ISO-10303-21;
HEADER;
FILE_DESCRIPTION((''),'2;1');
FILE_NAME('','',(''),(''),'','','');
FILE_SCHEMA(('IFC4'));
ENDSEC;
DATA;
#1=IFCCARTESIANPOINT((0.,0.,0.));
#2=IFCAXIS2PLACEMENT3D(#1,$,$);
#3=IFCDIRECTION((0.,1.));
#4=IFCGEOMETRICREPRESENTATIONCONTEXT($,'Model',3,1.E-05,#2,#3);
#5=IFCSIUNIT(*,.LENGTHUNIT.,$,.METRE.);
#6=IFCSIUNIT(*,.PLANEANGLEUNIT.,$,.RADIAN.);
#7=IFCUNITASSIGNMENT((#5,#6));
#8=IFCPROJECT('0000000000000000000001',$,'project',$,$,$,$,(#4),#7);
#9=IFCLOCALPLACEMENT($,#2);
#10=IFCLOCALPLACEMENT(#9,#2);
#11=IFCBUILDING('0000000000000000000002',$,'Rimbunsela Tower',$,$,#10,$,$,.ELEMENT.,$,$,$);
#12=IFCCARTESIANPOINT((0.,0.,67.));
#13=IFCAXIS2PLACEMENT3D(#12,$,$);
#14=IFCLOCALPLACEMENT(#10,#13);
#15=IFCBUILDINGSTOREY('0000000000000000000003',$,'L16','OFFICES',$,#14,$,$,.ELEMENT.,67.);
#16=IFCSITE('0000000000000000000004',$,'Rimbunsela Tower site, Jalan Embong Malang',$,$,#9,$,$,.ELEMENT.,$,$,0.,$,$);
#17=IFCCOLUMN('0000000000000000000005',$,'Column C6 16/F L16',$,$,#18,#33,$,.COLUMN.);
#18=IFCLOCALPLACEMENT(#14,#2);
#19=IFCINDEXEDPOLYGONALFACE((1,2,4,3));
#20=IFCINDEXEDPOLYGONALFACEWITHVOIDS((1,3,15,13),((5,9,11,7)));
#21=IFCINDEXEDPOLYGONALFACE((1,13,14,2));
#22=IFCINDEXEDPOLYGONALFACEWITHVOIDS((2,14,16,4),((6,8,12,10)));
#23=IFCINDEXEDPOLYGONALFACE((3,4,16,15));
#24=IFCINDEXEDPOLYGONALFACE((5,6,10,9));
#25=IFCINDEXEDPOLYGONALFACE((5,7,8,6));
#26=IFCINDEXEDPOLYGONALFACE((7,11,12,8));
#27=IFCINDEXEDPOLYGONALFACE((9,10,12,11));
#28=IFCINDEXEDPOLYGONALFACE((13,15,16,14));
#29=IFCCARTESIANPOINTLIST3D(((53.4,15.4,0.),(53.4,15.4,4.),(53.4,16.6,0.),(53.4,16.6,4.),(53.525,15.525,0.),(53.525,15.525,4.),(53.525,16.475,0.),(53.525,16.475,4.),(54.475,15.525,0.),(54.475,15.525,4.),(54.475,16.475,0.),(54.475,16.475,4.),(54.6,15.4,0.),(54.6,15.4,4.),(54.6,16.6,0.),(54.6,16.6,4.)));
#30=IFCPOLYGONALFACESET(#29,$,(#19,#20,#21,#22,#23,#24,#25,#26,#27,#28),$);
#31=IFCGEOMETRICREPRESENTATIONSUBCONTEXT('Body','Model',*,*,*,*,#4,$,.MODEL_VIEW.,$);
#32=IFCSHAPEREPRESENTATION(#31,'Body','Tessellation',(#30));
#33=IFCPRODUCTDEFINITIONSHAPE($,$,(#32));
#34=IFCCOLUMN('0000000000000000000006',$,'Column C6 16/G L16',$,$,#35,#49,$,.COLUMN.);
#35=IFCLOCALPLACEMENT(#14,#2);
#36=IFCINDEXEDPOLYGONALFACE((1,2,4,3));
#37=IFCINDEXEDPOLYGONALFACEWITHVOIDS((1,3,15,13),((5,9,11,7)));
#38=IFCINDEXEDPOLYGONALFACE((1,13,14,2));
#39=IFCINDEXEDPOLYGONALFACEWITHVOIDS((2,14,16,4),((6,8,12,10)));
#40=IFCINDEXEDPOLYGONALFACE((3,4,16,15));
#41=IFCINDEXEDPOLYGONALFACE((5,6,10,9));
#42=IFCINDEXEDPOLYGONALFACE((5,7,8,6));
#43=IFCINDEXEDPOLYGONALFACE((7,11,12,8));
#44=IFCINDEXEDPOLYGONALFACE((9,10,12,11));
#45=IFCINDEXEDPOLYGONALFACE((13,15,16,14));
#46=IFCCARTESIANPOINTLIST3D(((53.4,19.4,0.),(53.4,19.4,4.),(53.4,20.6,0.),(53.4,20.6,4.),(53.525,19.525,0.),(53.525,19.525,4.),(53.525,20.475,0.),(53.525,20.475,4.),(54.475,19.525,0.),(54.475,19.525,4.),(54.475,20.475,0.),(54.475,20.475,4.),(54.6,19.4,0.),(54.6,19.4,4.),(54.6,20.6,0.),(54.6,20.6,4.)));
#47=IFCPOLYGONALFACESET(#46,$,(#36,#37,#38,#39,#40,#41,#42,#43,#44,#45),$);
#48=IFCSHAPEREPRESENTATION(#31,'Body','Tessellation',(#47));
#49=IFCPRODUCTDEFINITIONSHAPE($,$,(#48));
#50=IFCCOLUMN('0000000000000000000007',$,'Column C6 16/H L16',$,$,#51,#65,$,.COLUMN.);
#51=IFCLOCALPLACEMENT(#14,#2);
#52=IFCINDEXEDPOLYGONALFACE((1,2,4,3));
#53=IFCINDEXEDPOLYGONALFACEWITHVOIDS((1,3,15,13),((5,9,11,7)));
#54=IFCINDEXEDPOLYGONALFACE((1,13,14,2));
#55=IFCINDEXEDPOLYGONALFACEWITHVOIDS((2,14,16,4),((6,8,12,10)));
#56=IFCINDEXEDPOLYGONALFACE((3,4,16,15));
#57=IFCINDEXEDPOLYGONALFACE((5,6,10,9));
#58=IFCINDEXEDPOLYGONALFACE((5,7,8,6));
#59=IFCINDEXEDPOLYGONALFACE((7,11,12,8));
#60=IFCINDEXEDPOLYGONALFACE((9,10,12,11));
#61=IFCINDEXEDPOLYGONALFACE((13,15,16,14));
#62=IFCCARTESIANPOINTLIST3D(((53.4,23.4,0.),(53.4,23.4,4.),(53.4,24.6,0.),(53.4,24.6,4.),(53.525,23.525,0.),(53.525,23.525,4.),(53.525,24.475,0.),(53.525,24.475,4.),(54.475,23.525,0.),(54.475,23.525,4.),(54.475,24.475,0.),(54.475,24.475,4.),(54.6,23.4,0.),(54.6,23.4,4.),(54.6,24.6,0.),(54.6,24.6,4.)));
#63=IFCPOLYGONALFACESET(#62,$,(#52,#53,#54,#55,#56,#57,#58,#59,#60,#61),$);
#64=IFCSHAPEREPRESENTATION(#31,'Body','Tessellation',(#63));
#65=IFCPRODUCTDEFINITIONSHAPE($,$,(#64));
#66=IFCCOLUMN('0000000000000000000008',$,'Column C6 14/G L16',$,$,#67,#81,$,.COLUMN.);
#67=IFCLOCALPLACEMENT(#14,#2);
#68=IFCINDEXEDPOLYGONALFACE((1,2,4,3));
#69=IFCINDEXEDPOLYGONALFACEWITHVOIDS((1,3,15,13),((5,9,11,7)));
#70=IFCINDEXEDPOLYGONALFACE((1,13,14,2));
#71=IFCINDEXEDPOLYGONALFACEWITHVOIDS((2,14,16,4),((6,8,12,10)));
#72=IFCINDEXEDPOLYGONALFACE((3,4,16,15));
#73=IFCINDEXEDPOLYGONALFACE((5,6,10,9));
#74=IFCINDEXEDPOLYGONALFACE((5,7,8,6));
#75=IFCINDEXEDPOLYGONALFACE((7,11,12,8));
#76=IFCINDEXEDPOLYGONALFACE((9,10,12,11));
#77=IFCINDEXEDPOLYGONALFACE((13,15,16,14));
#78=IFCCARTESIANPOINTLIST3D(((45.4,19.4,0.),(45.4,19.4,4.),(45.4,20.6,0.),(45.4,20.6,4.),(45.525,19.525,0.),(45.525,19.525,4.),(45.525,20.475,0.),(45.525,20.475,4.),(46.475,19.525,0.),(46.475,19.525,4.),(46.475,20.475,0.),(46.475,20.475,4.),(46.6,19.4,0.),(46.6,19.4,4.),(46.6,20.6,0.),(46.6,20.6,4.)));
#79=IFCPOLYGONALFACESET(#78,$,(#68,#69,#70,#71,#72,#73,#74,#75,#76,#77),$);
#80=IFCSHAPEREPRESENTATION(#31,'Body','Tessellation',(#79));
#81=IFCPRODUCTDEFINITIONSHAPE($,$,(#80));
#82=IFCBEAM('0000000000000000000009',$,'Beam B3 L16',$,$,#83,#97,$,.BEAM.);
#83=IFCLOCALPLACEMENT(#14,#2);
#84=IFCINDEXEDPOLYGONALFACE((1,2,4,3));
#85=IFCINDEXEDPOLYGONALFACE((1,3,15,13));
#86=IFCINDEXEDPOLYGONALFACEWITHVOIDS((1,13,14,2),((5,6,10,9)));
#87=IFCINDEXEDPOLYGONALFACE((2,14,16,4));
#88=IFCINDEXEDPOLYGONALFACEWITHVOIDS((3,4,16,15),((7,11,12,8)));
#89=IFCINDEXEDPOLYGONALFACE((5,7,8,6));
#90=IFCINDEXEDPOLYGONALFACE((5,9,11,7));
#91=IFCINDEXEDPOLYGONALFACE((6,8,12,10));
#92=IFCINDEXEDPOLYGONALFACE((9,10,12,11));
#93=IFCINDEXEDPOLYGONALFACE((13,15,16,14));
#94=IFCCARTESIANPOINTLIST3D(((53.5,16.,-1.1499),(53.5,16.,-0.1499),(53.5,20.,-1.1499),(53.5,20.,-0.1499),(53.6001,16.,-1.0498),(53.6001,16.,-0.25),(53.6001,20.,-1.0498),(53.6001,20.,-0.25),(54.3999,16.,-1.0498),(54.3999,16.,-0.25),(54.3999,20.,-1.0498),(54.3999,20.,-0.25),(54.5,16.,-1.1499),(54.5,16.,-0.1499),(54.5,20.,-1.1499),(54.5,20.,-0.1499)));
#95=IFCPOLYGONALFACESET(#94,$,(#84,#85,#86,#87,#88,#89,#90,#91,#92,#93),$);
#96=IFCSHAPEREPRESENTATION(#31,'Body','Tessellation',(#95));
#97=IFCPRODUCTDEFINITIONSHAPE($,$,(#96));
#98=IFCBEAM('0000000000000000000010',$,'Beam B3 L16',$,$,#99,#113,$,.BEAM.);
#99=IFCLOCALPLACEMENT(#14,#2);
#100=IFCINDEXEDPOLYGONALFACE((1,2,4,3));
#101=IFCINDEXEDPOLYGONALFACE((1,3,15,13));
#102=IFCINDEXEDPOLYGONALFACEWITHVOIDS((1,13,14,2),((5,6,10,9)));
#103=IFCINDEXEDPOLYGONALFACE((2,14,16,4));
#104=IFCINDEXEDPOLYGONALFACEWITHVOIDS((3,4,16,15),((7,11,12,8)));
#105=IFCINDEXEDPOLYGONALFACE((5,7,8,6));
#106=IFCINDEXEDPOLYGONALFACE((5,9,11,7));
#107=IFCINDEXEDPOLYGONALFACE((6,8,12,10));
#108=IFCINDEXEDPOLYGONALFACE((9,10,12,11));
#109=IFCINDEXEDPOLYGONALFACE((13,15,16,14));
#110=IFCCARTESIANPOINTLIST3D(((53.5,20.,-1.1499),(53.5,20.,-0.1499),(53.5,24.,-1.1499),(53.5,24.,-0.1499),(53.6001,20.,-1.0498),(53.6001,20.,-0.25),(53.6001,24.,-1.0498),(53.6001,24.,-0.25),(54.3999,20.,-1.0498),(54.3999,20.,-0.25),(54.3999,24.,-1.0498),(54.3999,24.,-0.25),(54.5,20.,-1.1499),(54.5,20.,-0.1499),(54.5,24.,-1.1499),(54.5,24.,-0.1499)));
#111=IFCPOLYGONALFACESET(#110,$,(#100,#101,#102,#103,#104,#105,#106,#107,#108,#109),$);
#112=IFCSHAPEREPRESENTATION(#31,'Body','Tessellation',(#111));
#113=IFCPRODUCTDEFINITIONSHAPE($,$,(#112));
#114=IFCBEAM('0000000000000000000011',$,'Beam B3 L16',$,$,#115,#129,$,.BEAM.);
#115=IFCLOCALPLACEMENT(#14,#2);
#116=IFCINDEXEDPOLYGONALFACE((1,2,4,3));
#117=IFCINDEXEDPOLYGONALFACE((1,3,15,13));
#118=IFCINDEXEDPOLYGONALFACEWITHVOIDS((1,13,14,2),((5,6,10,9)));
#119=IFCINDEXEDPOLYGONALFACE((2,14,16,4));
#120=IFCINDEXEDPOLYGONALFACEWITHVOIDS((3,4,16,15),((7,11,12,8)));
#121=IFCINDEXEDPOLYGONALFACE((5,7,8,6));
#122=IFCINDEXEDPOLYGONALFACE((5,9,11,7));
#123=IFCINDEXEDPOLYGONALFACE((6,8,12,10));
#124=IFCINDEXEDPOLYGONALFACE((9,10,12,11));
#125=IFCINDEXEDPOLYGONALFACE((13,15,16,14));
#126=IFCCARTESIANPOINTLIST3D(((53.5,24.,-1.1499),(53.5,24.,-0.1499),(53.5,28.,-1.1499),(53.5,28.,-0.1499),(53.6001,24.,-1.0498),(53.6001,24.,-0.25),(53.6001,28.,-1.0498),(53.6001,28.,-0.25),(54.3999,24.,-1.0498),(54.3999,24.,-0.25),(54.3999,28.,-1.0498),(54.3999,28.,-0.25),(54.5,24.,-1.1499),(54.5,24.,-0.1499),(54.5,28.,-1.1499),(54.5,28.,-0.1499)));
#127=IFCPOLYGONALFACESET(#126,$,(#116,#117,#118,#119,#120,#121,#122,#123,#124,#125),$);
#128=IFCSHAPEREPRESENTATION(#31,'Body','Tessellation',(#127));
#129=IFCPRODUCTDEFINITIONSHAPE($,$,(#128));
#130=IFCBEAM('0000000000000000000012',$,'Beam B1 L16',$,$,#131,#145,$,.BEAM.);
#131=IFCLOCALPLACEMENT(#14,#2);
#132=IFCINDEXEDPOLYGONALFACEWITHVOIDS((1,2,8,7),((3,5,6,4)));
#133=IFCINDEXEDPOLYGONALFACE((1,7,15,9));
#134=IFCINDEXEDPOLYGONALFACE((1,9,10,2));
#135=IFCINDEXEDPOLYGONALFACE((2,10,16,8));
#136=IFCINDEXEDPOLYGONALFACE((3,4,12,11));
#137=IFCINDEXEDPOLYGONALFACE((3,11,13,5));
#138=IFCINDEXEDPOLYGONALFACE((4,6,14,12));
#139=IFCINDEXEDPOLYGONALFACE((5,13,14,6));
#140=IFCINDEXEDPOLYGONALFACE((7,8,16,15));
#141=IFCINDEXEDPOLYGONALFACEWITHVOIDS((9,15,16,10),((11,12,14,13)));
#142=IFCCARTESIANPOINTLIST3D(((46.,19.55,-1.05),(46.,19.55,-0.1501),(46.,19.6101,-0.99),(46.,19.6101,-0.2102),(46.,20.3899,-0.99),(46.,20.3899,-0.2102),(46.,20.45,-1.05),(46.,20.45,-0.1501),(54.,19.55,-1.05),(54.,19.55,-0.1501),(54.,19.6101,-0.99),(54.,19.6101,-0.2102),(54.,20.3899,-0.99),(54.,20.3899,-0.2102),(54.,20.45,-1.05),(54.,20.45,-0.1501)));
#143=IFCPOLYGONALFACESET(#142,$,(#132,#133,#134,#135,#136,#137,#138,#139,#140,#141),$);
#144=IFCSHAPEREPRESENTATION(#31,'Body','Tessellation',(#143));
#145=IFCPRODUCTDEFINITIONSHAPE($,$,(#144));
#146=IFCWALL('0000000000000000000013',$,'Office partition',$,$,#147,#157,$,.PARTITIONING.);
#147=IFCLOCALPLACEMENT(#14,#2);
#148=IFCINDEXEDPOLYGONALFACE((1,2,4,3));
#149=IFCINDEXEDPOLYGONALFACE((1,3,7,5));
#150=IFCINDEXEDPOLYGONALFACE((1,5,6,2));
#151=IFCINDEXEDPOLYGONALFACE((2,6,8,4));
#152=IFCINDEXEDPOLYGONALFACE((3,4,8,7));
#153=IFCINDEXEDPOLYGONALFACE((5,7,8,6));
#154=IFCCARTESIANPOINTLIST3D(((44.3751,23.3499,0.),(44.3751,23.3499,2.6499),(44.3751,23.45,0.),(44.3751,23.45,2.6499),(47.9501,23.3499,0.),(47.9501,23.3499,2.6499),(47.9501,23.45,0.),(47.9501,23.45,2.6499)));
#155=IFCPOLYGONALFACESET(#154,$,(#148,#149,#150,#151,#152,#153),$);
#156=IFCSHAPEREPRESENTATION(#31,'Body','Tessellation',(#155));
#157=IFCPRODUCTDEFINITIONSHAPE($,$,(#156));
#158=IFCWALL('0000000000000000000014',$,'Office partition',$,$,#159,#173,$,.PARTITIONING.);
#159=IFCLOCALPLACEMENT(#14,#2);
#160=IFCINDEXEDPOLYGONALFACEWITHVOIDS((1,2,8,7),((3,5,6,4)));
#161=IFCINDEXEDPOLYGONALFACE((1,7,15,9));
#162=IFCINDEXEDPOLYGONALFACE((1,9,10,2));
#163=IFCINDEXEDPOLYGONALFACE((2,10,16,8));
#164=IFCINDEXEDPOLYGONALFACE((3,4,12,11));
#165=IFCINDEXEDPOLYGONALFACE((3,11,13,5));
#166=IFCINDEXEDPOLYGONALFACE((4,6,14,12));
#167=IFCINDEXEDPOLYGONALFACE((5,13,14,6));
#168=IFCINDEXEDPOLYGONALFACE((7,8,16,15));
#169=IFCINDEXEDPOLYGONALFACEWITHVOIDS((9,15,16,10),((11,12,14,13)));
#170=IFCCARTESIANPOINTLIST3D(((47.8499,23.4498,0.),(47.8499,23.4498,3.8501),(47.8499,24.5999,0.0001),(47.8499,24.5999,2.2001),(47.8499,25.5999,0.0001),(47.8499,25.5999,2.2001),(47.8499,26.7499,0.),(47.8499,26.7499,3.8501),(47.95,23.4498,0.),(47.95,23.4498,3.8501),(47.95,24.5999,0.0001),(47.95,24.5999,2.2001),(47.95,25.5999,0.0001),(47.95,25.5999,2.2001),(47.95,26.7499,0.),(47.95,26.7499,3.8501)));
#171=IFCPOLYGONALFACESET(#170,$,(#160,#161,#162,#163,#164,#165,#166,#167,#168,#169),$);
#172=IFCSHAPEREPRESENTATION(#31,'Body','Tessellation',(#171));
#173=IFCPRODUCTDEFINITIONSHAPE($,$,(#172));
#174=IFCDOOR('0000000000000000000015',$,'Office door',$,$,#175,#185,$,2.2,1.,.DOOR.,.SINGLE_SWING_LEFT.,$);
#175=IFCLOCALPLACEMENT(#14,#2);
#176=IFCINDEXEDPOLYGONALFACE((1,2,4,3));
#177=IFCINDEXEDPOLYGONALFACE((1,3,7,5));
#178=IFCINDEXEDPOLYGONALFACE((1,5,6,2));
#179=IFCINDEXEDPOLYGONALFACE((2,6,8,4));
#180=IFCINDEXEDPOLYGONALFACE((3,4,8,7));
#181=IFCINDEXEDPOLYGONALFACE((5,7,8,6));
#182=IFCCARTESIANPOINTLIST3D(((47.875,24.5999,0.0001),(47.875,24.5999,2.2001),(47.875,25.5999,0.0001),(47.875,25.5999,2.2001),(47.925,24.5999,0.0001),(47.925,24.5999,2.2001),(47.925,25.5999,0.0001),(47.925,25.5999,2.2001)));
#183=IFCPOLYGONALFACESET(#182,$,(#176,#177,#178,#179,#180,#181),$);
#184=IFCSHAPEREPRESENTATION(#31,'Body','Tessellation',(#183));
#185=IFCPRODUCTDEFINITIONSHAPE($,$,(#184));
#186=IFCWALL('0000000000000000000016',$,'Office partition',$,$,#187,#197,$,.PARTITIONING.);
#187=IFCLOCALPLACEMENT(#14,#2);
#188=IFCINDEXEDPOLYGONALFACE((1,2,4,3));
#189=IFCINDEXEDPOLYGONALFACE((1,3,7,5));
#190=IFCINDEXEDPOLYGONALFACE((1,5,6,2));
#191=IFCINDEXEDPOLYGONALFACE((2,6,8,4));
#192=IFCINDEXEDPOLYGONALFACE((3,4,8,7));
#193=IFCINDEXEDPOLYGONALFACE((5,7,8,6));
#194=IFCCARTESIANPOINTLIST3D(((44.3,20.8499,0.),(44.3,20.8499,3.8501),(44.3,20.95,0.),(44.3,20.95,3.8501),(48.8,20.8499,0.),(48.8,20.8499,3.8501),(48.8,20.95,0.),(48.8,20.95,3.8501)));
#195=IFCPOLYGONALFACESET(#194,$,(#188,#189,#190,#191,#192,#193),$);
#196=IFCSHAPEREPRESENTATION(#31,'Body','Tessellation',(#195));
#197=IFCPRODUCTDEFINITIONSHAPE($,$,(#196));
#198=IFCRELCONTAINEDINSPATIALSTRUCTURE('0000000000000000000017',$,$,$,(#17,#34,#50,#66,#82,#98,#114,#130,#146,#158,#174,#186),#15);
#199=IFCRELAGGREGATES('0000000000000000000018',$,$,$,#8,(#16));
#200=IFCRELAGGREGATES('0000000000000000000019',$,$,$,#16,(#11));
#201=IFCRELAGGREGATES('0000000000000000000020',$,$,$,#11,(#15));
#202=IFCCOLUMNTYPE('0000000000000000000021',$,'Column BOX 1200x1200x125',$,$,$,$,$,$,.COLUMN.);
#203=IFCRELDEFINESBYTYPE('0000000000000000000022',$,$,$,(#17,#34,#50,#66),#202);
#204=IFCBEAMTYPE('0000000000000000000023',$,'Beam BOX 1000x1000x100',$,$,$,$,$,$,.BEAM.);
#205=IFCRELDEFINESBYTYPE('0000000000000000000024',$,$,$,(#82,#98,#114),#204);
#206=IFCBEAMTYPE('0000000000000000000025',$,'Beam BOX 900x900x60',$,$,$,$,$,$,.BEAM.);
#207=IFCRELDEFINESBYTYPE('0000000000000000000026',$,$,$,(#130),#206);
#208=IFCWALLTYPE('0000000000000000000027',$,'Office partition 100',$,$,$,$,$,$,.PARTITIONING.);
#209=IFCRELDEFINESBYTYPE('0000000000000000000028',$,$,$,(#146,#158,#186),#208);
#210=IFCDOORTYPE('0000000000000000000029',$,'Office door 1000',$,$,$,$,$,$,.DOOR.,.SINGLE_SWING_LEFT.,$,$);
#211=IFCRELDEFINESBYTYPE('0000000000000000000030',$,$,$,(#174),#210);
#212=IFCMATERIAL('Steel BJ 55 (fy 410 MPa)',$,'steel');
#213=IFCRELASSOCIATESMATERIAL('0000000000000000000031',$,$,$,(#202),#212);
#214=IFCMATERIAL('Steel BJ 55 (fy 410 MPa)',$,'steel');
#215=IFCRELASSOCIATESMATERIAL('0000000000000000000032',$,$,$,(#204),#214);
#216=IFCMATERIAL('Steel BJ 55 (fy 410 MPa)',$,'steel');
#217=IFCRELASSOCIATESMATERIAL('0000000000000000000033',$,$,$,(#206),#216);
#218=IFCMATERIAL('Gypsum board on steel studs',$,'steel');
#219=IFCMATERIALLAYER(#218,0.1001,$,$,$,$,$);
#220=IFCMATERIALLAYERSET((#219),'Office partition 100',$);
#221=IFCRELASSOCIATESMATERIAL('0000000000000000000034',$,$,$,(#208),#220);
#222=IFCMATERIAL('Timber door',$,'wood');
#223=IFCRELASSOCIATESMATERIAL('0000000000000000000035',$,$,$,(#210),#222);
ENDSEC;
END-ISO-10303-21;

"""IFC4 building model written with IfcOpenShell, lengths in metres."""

from ifc_helpers import new_model, si_unit, direction, frame, frame_2d, origin, origin_2d, place, context, subcontext, project, spatial, rectangle, hollow_rectangle, extrude, material, layer, layer_set, material_profile, profile_set, type_object, element, fill, save


model = new_model("IFC4")

# Units and contexts
model_context = context("Model", 3, precision=1e-05, world=origin(), true_north=direction((0.0, 1.0)))
body_context = subcontext(model_context, "Body", "Model", "MODEL_VIEW")
ifc_project = project(units=[si_unit("LENGTHUNIT", "METRE"), si_unit("PLANEANGLEUNIT", "RADIAN")], contexts=[model_context])

# Site, building, storey
site_placement = place(None, origin())
site = spatial("IfcSite", under=ifc_project, at=site_placement, Name="Rimbunsela Tower site, Jalan Embong Malang", CompositionType="ELEMENT", RefElevation=0.0)
building_placement = place(site_placement, origin())
building = spatial("IfcBuilding", under=site, at=building_placement, Name="Rimbunsela Tower", CompositionType="ELEMENT")
storey_placement = place(building_placement, frame((0.0, 0.0, 67.0)))
storey = spatial("IfcBuildingStorey", under=building, at=storey_placement, Name="L16", Description="OFFICES", CompositionType="ELEMENT", Elevation=67.0)

# Columns
ifc_material_1 = material(Name="Steel BJ 55 (fy 410 MPa)", Category="steel")
ifc_material_profile_1 = material_profile(ifc_material_1, hollow_rectangle(XDim=1.2, YDim=1.2, WallThickness=0.125, at=origin_2d()), Name="BOX 1200x1200x125")
ifc_profile_set_1 = profile_set([ifc_material_profile_1], Name="Steel BJ 55 (fy 410 MPa)")
column_type = type_object("IfcColumnType", Name="Column BOX 1200x1200x125", PredefinedType="COLUMN", material=ifc_profile_set_1)
for number, where, z_axis, x_axis, name in (
    (1, (54.0, 16.0, 0.0), (0.0, 0.0, 1.0), (1.0, 0.0, 0.0), "Column C6 16/F L16"),
    (2, (54.0, 20.0, 0.0), (0.0, 0.0, 1.0), (1.0, 0.0, 0.0), "Column C6 16/G L16"),
    (3, (54.0, 24.0, 0.0), (0.0, 0.0, 1.0), (1.0, 0.0, 0.0), "Column C6 16/H L16"),
    (4, (46.0, 20.0, 0.0), (0.0, 0.0, 1.0), (1.0, 0.0, 0.0), "Column C6 14/G L16"),
):
    element("IfcColumn", number, at=place(storey_placement, frame(where, z_axis=z_axis, x_axis=x_axis)), inside=storey, type_object=column_type, Name=name, PredefinedType="COLUMN", context=body_context, shape_type="SweptSolid", body=[
        extrude(hollow_rectangle(XDim=1.2, YDim=1.2, WallThickness=0.125, at=origin_2d()), origin(), (0.0, 0.0, 1.0), 4.0),
    ])

# Beams
ifc_material_2 = material(Name="Steel BJ 55 (fy 410 MPa)", Category="steel")
ifc_material_profile_2 = material_profile(ifc_material_2, hollow_rectangle(XDim=1.0, YDim=1.0, WallThickness=0.1001, at=origin_2d()), Name="BOX 1000x1000x100")
ifc_profile_set_2 = profile_set([ifc_material_profile_2], Name="Steel BJ 55 (fy 410 MPa)")
beam_type_1 = type_object("IfcBeamType", Name="Beam BOX 1000x1000x100", PredefinedType="BEAM", material=ifc_profile_set_2)
for number, where, z_axis, x_axis, name in (
    (5, (54.0, 16.0, -0.6499), (0.0, 1.0, 0.0), (-1.0, 0.0, 0.0), "Beam B3 L16"),
    (6, (54.0, 20.0, -0.6499), (0.0, 1.0, 0.0), (-1.0, 0.0, 0.0), "Beam B3 L16"),
    (7, (54.0, 24.0, -0.6499), (0.0, 1.0, 0.0), (-1.0, 0.0, 0.0), "Beam B3 L16"),
):
    element("IfcBeam", number, at=place(storey_placement, frame(where, z_axis=z_axis, x_axis=x_axis)), inside=storey, type_object=beam_type_1, Name=name, PredefinedType="BEAM", context=body_context, shape_type="SweptSolid", body=[
        extrude(hollow_rectangle(XDim=1.0, YDim=1.0, WallThickness=0.1001, at=origin_2d()), origin(), (0.0, 0.0, 1.0), 4.0),
    ])
ifc_material_3 = material(Name="Steel BJ 55 (fy 410 MPa)", Category="steel")
ifc_material_profile_3 = material_profile(ifc_material_3, hollow_rectangle(XDim=0.8999, YDim=0.8999, WallThickness=0.0601, at=origin_2d()), Name="BOX 900x900x60")
ifc_profile_set_3 = profile_set([ifc_material_profile_3], Name="Steel BJ 55 (fy 410 MPa)")
beam_type_2 = type_object("IfcBeamType", Name="Beam BOX 900x900x60", PredefinedType="BEAM", material=ifc_profile_set_3)
beam_placement = place(storey_placement, frame((46.0, 20.0, -0.6001), z_axis=(1.0, 0.0, 0.0), x_axis=(0.0, 1.0, 0.0)))
element("IfcBeam", 8, at=beam_placement, inside=storey, type_object=beam_type_2, Name="Beam B1 L16", PredefinedType="BEAM", context=body_context, shape_type="SweptSolid", body=[
    extrude(hollow_rectangle(XDim=0.8999, YDim=0.8999, WallThickness=0.0601, at=origin_2d()), origin(), (0.0, 0.0, 1.0), 8.0),
])

# Wall
ifc_material_4 = material(Name="Gypsum board on steel studs", Category="steel")
ifc_layer_1 = layer(ifc_material_4, 0.1001)
ifc_layer_set_1 = layer_set([ifc_layer_1], Name="Office partition 100")
wall_type_1 = type_object("IfcWallType", Name="Office partition 100", PredefinedType="PARTITIONING", material=ifc_layer_set_1)
wall_1_placement = place(storey_placement, frame((44.375, 23.3999, 0.0), z_axis=(0.0, 0.0, 1.0), x_axis=(1.0, 0.0, 0.0)))
element("IfcWall", 9, at=wall_1_placement, inside=storey, type_object=wall_type_1, Name="Office partition", PredefinedType="PARTITIONING", context=body_context, shape_type="SweptSolid", body=[
    extrude(rectangle(XDim=3.575, YDim=0.1001, at=frame_2d((1.7876, 0.0))), origin(), (0.0, 0.0, 1.0), 2.6499),
])

# Wall, opening, door
wall_2_placement = place(storey_placement, frame((47.8999, 23.45, 0.0), z_axis=(0.0, 0.0, 1.0), x_axis=(0.0, 1.0, 0.0)))
wall_2 = element("IfcWall", 10, at=wall_2_placement, inside=storey, type_object=wall_type_1, Name="Office partition", PredefinedType="PARTITIONING", context=body_context, shape_type="SweptSolid", body=[
    extrude(rectangle(XDim=3.3, YDim=0.1001, at=frame_2d((1.6499, 0.0))), origin(), (0.0, 0.0, 1.0), 3.8501),
])
opening_1_placement = place(wall_2_placement, frame((1.1499, 0.0, 0.0)))
opening_1 = element("IfcOpeningElement", 11, at=opening_1_placement, cuts=wall_2, PredefinedType="OPENING", context=body_context, shape_type="SweptSolid", body=[
    extrude(rectangle(XDim=1.0, YDim=2.2, at=frame_2d((0.5, 1.1001))), frame((0.0, 0.0601, 0.0), z_axis=(0.0, -1.0, 0.0), x_axis=(1.0, 0.0, 0.0)), (0.0, 0.0, 1.0), 0.1201),
])
ifc_material_5 = material(Name="Timber door", Category="wood")
door_type = type_object("IfcDoorType", Name="Office door 1000", OperationType="SINGLE_SWING_LEFT", PredefinedType="DOOR", material=ifc_material_5)
door_placement = place(opening_1_placement, origin())
door = element("IfcDoor", 12, at=door_placement, inside=storey, type_object=door_type, Name="Office door", OperationType="SINGLE_SWING_LEFT", OverallHeight=2.2, OverallWidth=1.0, PredefinedType="DOOR", context=body_context, shape_type="SweptSolid", body=[
    extrude(rectangle(XDim=1.0, YDim=2.2, at=frame_2d((0.5, 1.1001))), frame((0.0, 0.0249, 0.0), z_axis=(0.0, -1.0, 0.0), x_axis=(1.0, 0.0, 0.0)), (0.0, 0.0, 1.0), 0.05),
])
fill(opening_1, door)

# Wall
wall_3_placement = place(storey_placement, frame((48.8, 20.8999, 0.0), z_axis=(0.0, 0.0, 1.0), x_axis=(-1.0, 0.0, 0.0)))
element("IfcWall", 13, at=wall_3_placement, inside=storey, type_object=wall_type_1, Name="Office partition", PredefinedType="PARTITIONING", context=body_context, shape_type="SweptSolid", body=[
    extrude(rectangle(XDim=4.5, YDim=0.1001, at=frame_2d((2.25, 0.0))), origin(), (0.0, 0.0, 1.0), 3.8501),
])

save(model, "model.ifc")
